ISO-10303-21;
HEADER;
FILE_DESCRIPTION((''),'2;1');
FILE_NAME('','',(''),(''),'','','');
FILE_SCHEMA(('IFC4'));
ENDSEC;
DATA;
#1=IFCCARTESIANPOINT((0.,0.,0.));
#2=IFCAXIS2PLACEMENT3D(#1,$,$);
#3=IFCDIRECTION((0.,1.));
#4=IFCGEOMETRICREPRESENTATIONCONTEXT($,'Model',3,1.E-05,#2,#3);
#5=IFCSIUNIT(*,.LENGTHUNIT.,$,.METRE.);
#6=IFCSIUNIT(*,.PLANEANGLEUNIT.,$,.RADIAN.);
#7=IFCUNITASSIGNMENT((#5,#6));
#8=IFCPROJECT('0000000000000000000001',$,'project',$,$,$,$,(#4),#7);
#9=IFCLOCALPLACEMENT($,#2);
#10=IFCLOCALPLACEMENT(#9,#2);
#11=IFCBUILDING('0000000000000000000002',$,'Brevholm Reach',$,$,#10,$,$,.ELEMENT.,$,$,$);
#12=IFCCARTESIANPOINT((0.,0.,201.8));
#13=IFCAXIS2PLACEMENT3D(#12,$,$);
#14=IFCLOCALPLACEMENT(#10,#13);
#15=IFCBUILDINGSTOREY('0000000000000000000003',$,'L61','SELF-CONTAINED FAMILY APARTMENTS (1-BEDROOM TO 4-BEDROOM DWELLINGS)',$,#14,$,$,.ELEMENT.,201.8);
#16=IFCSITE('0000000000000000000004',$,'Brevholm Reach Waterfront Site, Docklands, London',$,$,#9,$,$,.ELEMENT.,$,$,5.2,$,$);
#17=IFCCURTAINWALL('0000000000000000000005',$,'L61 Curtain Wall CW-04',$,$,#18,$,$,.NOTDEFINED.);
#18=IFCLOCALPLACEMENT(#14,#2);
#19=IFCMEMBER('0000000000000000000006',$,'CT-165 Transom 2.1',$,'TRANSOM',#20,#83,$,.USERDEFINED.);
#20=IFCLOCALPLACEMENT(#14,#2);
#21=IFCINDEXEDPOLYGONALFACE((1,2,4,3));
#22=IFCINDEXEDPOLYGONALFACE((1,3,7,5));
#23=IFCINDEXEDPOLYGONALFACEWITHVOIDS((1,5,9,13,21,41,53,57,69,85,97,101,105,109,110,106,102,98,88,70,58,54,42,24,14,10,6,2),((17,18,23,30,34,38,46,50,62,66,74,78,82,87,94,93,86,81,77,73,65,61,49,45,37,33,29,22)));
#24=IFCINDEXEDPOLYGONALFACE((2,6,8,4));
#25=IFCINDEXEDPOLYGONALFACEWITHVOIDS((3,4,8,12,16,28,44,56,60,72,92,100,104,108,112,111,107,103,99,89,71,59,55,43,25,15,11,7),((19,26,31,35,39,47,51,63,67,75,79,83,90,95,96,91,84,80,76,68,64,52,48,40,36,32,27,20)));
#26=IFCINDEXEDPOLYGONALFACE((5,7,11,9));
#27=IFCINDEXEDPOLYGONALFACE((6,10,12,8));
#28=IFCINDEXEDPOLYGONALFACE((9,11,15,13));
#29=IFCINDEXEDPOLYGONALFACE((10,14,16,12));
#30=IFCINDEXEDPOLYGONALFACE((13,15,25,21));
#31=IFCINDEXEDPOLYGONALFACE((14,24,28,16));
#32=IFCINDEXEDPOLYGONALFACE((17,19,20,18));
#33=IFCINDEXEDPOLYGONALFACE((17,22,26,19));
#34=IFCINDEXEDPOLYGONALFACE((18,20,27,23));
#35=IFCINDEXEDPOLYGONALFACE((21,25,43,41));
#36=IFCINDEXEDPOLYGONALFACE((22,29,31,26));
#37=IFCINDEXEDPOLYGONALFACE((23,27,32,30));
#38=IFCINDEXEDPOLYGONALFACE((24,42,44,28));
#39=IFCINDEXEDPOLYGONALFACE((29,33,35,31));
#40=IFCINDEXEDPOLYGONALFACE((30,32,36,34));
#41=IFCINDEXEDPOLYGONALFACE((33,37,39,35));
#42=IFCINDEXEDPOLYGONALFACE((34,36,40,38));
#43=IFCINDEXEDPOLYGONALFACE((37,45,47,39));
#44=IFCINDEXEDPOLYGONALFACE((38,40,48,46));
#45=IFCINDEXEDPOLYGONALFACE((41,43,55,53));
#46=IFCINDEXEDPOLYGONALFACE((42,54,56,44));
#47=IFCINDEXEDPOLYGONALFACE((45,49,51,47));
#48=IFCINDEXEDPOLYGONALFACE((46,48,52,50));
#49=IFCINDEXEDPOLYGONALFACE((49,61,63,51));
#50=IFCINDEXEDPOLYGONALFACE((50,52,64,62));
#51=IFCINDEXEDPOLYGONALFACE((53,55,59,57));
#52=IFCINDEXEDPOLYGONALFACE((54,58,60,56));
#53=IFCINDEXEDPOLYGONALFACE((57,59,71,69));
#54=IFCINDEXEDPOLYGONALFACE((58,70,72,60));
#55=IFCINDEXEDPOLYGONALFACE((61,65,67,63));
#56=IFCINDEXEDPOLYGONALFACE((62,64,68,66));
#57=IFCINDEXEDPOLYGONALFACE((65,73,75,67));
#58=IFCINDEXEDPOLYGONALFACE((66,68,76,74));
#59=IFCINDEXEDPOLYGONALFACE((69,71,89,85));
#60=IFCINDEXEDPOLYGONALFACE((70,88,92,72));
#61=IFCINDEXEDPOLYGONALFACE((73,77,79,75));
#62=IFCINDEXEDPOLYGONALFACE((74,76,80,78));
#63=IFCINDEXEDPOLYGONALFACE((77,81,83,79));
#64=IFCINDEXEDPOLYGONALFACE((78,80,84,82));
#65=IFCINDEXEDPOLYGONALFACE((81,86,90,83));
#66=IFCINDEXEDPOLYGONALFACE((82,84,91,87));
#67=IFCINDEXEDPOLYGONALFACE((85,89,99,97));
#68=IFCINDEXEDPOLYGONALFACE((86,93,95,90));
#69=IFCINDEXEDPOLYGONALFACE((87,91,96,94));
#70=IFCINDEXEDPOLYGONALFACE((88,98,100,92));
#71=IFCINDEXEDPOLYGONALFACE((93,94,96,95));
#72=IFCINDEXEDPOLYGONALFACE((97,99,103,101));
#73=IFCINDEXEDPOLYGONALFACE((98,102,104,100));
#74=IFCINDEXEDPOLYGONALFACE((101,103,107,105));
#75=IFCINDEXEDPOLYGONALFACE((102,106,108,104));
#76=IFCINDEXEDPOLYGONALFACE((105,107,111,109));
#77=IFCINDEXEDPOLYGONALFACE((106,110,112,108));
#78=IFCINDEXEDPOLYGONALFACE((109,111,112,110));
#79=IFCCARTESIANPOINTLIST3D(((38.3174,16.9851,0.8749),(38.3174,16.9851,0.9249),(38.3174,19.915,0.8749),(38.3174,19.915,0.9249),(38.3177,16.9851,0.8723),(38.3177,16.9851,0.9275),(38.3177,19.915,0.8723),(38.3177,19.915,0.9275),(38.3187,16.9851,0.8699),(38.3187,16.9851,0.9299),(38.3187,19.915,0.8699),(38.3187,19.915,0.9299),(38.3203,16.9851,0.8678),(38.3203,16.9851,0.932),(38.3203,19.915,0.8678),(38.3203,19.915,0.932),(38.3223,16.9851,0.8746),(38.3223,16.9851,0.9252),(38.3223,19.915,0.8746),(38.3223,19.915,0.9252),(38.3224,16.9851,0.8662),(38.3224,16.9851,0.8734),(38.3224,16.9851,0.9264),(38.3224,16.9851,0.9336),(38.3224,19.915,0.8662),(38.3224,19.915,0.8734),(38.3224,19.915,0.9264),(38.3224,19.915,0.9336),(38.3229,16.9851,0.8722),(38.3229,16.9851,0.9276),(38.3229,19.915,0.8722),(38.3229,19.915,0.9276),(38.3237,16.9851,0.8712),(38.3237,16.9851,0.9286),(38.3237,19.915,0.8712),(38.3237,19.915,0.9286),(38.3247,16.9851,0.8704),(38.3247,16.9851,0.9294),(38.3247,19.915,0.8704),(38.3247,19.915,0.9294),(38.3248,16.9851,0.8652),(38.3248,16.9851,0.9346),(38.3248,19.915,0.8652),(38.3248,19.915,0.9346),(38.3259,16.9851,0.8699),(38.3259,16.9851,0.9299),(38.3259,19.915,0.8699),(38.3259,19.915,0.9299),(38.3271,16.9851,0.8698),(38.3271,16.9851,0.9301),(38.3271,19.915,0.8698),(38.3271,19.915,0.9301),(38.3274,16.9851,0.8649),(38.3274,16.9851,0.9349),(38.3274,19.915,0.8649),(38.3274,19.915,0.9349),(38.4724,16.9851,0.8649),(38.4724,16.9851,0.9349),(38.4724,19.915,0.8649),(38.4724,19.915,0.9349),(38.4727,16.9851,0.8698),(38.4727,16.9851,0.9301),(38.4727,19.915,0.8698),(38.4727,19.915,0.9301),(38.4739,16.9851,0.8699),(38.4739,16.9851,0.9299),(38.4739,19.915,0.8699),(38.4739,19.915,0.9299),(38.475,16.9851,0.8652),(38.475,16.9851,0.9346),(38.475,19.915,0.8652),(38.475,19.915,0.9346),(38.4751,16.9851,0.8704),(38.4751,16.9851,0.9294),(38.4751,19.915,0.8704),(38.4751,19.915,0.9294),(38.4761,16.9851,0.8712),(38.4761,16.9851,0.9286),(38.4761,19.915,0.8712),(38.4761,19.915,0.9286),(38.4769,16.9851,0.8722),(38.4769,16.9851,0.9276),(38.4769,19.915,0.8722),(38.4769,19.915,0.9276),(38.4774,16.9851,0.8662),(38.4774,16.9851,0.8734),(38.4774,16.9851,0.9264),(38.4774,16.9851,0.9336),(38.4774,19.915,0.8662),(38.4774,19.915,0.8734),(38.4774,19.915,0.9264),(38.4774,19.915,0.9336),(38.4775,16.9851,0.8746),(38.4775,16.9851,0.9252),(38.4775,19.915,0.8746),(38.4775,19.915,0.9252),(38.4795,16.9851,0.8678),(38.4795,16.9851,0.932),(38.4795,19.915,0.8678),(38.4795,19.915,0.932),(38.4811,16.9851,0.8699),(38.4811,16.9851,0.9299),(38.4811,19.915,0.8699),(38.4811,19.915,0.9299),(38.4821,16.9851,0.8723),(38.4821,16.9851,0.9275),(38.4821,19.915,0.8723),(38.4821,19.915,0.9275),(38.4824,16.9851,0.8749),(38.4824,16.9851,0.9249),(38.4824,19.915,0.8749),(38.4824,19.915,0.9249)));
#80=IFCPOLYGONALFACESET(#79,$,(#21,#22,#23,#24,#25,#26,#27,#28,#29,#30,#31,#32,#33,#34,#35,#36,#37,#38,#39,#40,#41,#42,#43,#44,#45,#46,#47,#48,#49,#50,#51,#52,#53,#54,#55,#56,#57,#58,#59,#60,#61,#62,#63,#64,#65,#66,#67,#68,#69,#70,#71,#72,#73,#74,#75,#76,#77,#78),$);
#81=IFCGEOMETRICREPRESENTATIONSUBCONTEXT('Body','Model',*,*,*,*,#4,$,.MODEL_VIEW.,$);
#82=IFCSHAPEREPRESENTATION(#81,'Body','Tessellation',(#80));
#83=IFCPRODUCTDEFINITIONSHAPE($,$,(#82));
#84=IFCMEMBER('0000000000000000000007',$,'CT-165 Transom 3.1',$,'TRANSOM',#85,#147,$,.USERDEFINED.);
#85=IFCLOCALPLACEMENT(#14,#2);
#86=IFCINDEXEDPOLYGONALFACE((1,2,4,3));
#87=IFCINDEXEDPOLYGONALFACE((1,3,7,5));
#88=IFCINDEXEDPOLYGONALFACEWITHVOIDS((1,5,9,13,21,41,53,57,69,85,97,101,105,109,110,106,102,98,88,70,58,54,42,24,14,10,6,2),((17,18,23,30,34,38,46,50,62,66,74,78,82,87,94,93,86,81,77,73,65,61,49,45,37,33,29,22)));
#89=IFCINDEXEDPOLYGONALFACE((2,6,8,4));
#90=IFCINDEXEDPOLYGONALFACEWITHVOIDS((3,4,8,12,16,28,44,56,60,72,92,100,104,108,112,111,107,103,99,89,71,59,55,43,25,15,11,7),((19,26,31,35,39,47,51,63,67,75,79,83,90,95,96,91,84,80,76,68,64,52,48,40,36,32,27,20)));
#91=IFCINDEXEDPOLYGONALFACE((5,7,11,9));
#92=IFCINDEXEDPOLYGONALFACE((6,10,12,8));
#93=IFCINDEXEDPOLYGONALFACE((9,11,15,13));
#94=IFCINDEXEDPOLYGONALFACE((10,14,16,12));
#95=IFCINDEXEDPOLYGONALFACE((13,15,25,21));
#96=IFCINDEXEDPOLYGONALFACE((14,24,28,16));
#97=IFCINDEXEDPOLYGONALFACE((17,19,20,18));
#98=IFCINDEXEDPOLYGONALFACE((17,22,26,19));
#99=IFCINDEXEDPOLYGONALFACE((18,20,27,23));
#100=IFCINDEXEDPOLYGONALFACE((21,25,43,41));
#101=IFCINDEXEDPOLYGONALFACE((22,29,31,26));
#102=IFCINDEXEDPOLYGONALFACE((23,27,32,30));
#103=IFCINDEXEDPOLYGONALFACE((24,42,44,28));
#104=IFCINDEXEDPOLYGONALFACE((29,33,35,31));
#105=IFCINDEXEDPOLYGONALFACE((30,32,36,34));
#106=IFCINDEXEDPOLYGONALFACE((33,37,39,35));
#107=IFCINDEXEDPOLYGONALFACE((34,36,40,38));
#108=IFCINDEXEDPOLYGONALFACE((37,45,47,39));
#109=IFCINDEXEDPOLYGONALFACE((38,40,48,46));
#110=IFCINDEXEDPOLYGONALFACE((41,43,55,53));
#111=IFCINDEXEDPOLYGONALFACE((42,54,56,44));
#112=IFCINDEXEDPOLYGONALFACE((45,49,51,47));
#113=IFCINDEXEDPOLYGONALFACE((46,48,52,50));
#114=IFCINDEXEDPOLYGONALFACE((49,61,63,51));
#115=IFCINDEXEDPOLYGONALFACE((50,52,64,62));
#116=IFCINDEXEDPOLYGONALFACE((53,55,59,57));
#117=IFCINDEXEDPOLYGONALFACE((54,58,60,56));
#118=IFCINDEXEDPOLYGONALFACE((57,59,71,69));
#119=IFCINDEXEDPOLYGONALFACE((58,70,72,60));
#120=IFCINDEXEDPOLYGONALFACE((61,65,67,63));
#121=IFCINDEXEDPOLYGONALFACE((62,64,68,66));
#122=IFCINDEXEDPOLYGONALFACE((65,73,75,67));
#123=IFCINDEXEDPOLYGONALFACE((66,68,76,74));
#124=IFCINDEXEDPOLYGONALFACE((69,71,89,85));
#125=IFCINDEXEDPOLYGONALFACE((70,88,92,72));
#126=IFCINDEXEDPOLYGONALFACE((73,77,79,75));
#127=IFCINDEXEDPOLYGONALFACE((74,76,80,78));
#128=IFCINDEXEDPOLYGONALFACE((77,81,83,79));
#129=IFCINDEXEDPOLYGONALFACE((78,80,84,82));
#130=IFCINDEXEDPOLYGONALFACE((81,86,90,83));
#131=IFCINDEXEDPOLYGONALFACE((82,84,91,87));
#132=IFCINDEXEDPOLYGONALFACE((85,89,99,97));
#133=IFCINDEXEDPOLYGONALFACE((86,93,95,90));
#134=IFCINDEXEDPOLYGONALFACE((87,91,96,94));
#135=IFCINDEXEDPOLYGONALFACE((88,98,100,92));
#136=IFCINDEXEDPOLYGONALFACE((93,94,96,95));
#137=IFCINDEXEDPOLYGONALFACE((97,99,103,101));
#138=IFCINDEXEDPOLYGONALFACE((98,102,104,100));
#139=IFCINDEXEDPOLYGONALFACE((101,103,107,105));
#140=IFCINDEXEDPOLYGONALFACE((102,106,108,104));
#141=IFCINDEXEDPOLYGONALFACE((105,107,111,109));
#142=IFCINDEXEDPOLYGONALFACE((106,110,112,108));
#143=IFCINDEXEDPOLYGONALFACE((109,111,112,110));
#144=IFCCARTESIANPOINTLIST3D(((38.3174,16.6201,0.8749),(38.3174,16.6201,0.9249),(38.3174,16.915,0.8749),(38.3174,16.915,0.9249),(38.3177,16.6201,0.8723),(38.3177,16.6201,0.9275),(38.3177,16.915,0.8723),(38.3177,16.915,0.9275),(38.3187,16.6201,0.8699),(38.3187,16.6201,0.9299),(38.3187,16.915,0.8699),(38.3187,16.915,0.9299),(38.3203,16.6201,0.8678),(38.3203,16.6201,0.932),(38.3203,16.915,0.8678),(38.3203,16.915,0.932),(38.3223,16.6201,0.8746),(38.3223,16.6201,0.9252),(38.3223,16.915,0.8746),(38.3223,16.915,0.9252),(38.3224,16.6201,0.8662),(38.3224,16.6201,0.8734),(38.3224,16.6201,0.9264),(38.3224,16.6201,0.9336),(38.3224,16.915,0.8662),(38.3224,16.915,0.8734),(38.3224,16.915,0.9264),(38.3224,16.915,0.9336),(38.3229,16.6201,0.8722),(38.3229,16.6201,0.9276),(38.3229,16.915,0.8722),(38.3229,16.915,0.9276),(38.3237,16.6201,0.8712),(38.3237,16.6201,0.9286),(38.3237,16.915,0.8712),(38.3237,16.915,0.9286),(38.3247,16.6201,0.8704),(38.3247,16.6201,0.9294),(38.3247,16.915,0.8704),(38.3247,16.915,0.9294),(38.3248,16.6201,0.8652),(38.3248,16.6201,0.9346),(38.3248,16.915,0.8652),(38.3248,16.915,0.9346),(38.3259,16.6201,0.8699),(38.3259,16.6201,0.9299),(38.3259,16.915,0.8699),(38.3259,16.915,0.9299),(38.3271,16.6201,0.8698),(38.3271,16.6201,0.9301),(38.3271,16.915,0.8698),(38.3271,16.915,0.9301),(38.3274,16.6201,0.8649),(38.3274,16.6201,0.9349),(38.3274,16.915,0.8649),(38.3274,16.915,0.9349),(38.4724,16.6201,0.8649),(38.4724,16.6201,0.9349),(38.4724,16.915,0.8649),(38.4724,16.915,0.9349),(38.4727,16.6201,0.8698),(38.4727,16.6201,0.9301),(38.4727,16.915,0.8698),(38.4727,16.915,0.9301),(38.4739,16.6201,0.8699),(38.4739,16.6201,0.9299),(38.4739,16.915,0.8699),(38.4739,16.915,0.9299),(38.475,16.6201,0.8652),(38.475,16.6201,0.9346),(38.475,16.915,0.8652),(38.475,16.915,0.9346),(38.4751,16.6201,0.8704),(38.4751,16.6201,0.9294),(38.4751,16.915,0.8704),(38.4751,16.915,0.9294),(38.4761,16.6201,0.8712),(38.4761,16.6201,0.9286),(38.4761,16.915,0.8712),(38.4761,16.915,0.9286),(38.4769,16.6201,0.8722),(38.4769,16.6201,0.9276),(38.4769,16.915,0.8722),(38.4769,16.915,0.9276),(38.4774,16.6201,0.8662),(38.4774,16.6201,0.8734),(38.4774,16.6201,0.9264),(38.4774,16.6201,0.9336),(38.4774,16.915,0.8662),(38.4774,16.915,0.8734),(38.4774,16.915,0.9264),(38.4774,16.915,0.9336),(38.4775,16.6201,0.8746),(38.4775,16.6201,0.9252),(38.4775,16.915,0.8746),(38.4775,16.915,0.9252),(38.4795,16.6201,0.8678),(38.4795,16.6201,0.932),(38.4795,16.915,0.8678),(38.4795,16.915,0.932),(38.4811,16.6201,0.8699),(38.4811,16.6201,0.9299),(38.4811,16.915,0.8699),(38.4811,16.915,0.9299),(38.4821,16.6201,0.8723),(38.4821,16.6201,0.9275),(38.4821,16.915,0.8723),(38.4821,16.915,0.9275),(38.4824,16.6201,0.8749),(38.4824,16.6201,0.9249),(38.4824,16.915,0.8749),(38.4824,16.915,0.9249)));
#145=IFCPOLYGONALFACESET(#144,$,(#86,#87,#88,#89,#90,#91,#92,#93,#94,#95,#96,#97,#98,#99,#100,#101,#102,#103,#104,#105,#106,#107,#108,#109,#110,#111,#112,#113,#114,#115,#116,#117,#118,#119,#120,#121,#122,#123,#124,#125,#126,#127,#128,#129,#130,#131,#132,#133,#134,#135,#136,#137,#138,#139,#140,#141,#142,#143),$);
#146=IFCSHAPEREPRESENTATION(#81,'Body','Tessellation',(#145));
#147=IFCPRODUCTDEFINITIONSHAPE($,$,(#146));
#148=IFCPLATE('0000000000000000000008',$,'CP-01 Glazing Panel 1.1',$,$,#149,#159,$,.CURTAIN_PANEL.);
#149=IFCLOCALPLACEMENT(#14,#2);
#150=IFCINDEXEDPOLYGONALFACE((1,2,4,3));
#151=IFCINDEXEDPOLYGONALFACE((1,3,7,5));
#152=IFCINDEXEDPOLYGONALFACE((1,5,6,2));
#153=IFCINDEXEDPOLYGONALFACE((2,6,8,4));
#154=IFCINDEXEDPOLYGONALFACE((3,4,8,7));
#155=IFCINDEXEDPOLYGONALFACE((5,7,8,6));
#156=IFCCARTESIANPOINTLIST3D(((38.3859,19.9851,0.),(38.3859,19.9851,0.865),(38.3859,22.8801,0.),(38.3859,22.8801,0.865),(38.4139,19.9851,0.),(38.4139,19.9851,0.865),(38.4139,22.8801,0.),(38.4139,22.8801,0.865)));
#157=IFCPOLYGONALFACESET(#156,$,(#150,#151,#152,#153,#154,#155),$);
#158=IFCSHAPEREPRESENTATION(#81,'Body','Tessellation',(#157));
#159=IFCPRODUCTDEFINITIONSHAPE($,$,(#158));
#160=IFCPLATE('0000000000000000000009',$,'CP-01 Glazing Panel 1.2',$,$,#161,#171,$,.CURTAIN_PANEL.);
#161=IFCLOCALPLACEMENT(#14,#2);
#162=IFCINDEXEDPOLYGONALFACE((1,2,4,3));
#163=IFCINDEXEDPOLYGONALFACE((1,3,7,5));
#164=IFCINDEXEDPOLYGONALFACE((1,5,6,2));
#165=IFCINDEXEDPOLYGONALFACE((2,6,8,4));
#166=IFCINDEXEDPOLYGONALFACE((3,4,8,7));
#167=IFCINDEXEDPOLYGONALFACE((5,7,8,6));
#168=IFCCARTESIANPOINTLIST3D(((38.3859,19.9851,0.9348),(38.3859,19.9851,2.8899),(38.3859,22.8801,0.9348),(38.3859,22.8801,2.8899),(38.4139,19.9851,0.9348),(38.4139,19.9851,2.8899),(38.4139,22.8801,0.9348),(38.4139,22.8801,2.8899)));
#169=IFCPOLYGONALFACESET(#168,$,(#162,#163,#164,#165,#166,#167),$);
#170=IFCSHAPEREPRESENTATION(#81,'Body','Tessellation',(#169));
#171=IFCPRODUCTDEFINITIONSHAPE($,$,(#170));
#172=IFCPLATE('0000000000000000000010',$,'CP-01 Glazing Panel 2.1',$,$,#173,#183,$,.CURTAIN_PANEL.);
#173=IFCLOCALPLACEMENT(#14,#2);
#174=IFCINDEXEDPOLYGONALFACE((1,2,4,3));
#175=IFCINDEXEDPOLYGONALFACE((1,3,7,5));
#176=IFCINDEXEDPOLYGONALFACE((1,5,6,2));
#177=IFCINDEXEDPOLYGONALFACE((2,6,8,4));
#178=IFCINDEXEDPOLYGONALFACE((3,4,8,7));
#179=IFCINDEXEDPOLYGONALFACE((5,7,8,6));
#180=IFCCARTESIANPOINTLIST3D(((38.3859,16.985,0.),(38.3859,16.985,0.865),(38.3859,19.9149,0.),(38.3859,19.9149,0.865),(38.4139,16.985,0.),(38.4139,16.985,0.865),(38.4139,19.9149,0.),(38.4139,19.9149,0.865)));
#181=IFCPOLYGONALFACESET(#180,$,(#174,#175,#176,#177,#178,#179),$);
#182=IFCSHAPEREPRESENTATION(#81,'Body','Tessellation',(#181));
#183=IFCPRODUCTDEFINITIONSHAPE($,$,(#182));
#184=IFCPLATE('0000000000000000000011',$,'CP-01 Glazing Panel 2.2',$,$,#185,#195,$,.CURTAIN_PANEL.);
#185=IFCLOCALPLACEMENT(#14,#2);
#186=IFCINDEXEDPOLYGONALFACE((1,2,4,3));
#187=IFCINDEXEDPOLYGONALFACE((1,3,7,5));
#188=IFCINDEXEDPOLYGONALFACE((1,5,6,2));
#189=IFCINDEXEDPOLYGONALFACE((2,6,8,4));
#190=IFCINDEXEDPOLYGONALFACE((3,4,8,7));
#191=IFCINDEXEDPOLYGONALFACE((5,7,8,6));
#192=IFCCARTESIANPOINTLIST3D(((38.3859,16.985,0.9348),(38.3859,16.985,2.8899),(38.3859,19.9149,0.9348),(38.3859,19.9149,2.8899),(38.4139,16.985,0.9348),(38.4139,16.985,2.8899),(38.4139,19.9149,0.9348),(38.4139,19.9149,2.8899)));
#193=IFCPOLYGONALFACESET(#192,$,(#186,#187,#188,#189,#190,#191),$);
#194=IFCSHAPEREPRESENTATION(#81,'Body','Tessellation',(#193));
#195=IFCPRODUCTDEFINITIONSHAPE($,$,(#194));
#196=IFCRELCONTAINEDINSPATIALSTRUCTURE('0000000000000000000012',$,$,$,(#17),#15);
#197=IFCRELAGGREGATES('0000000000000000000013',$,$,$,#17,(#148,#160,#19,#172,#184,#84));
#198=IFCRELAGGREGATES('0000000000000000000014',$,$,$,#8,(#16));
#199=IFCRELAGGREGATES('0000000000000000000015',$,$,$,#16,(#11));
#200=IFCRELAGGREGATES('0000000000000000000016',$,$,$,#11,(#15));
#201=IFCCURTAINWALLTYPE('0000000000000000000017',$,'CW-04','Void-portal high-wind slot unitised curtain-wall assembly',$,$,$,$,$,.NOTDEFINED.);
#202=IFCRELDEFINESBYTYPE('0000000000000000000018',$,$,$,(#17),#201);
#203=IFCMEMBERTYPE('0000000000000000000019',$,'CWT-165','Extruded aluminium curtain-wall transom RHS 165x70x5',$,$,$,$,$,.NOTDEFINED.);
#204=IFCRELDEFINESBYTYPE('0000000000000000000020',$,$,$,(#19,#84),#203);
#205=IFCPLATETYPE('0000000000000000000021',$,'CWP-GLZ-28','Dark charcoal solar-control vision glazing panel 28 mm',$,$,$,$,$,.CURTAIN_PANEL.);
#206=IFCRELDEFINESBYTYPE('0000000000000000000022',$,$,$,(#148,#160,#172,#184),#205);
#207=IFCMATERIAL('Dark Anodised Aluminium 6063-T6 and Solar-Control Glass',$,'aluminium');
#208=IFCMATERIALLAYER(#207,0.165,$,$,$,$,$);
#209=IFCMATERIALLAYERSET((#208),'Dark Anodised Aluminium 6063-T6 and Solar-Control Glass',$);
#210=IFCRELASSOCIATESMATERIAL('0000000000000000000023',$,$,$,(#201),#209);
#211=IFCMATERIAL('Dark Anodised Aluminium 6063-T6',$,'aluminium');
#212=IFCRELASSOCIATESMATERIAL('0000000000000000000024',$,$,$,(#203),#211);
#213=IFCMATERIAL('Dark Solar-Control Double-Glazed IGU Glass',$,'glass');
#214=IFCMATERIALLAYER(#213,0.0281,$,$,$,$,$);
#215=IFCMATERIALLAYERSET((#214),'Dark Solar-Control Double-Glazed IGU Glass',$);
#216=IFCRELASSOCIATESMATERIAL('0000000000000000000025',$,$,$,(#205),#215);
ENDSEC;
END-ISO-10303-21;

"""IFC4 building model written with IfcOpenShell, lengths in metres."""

from ifc_helpers import new_model, si_unit, direction, frame, origin, origin_2d, place, context, subcontext, project, spatial, rectangle, hollow_rectangle, extrude, material, layer, layer_set, material_profile, profile_set, type_object, element, aggregate, save


model = new_model("IFC4")

# Units and contexts
model_context = context("Model", 3, precision=1e-05, world=origin(), true_north=direction((0.0, 1.0)))
body_context = subcontext(model_context, "Body", "Model", "MODEL_VIEW")
ifc_project = project(units=[si_unit("LENGTHUNIT", "METRE"), si_unit("PLANEANGLEUNIT", "RADIAN")], contexts=[model_context])

# Site, building, storey
site_placement = place(None, origin())
site = spatial("IfcSite", under=ifc_project, at=site_placement, Name="Brevholm Reach Waterfront Site, Docklands, London", CompositionType="ELEMENT", RefElevation=5.2)
building_placement = place(site_placement, origin())
building = spatial("IfcBuilding", under=site, at=building_placement, Name="Brevholm Reach", CompositionType="ELEMENT")
storey_placement = place(building_placement, frame((0.0, 0.0, 201.8)))
storey = spatial("IfcBuildingStorey", under=building, at=storey_placement, Name="L61", Description="SELF-CONTAINED FAMILY APARTMENTS (1-BEDROOM TO 4-BEDROOM DWELLINGS)", CompositionType="ELEMENT", Elevation=201.8)

# Curtain wall, members, plates
ifc_material_1 = material(Name="Dark Anodised Aluminium 6063-T6 and Solar-Control Glass", Category="aluminium")
ifc_layer_1 = layer(ifc_material_1, 0.165)
ifc_layer_set_1 = layer_set([ifc_layer_1], Name="Dark Anodised Aluminium 6063-T6 and Solar-Control Glass")
curtain_wall_type = type_object("IfcCurtainWallType", Name="CW-04", Description="Void-portal high-wind slot unitised curtain-wall assembly", PredefinedType="NOTDEFINED", material=ifc_layer_set_1)
curtain_wall_placement = place(storey_placement, origin())
curtain_wall = element("IfcCurtainWall", 1, at=curtain_wall_placement, inside=storey, type_object=curtain_wall_type, Name="L61 Curtain Wall CW-04", PredefinedType="NOTDEFINED")
ifc_material_2 = material(Name="Dark Anodised Aluminium 6063-T6", Category="aluminium")
ifc_material_profile_1 = material_profile(ifc_material_2, hollow_rectangle(XDim=0.0701, YDim=0.165, WallThickness=0.0049, InnerFilletRadius=0.0049, OuterFilletRadius=0.01, at=origin_2d()), Name="RHS 165x70x5")
ifc_profile_set_1 = profile_set([ifc_material_profile_1], Name="Dark Anodised Aluminium 6063-T6")
member_type_1 = type_object("IfcMemberType", Name="CWT-165", Description="Extruded aluminium curtain-wall transom RHS 165x70x5", PredefinedType="NOTDEFINED", material=ifc_profile_set_1)
member_1_placement = place(storey_placement, frame((38.3999, 19.915, 0.8999), z_axis=(0.0, -1.0, 0.0), x_axis=(0.0, 0.0, 1.0)))
member_1 = element("IfcMember", 2, at=member_1_placement, type_object=member_type_1, Name="CT-165 Transom 2.1", ObjectType="TRANSOM", PredefinedType="USERDEFINED", context=body_context, shape_type="SweptSolid", body=[
    extrude(hollow_rectangle(XDim=0.0701, YDim=0.165, WallThickness=0.0049, InnerFilletRadius=0.0049, OuterFilletRadius=0.01, at=origin_2d()), origin(), (0.0, 0.0, 1.0), 2.9299),
])
member_2_placement = place(storey_placement, frame((38.3999, 16.915, 0.8999), z_axis=(0.0, -1.0, 0.0), x_axis=(0.0, 0.0, 1.0)))
member_2 = element("IfcMember", 3, at=member_2_placement, type_object=member_type_1, Name="CT-165 Transom 3.1", ObjectType="TRANSOM", PredefinedType="USERDEFINED", context=body_context, shape_type="SweptSolid", body=[
    extrude(hollow_rectangle(XDim=0.0701, YDim=0.165, WallThickness=0.0049, InnerFilletRadius=0.0049, OuterFilletRadius=0.01, at=origin_2d()), origin(), (0.0, 0.0, 1.0), 0.2949),
])
ifc_material_3 = material(Name="Dark Solar-Control Double-Glazed IGU Glass", Category="glass")
ifc_layer_2 = layer(ifc_material_3, 0.0281)
ifc_layer_set_2 = layer_set([ifc_layer_2], Name="Dark Solar-Control Double-Glazed IGU Glass")
plate_type = type_object("IfcPlateType", Name="CWP-GLZ-28", Description="Dark charcoal solar-control vision glazing panel 28 mm", PredefinedType="CURTAIN_PANEL", material=ifc_layer_set_2)
plate_1_placement = place(storey_placement, frame((38.3999, 21.4326, 0.0), z_axis=(0.0, 0.0, 1.0), x_axis=(0.0, -1.0, 0.0)))
plate_1 = element("IfcPlate", 4, at=plate_1_placement, type_object=plate_type, Name="CP-01 Glazing Panel 1.1", PredefinedType="CURTAIN_PANEL", context=body_context, shape_type="SweptSolid", body=[
    extrude(rectangle(XDim=2.895, YDim=0.0281, at=origin_2d()), origin(), (0.0, 0.0, 1.0), 0.865),
])
plate_2_placement = place(storey_placement, frame((38.3999, 21.4326, 0.9348), z_axis=(0.0, 0.0, 1.0), x_axis=(0.0, -1.0, 0.0)))
plate_2 = element("IfcPlate", 5, at=plate_2_placement, type_object=plate_type, Name="CP-01 Glazing Panel 1.2", PredefinedType="CURTAIN_PANEL", context=body_context, shape_type="SweptSolid", body=[
    extrude(rectangle(XDim=2.895, YDim=0.0281, at=origin_2d()), origin(), (0.0, 0.0, 1.0), 1.9551),
])
plate_3_placement = place(storey_placement, frame((38.3999, 18.45, 0.0), z_axis=(0.0, 0.0, 1.0), x_axis=(0.0, -1.0, 0.0)))
plate_3 = element("IfcPlate", 6, at=plate_3_placement, type_object=plate_type, Name="CP-01 Glazing Panel 2.1", PredefinedType="CURTAIN_PANEL", context=body_context, shape_type="SweptSolid", body=[
    extrude(rectangle(XDim=2.9299, YDim=0.0281, at=origin_2d()), origin(), (0.0, 0.0, 1.0), 0.865),
])
plate_4_placement = place(storey_placement, frame((38.3999, 18.45, 0.9348), z_axis=(0.0, 0.0, 1.0), x_axis=(0.0, -1.0, 0.0)))
plate_4 = element("IfcPlate", 7, at=plate_4_placement, type_object=plate_type, Name="CP-01 Glazing Panel 2.2", PredefinedType="CURTAIN_PANEL", context=body_context, shape_type="SweptSolid", body=[
    extrude(rectangle(XDim=2.9299, YDim=0.0281, at=origin_2d()), origin(), (0.0, 0.0, 1.0), 1.9551),
])
aggregate(curtain_wall, [plate_1, plate_2, member_1, plate_3, plate_4, member_2])

save(model, "model.ifc")
